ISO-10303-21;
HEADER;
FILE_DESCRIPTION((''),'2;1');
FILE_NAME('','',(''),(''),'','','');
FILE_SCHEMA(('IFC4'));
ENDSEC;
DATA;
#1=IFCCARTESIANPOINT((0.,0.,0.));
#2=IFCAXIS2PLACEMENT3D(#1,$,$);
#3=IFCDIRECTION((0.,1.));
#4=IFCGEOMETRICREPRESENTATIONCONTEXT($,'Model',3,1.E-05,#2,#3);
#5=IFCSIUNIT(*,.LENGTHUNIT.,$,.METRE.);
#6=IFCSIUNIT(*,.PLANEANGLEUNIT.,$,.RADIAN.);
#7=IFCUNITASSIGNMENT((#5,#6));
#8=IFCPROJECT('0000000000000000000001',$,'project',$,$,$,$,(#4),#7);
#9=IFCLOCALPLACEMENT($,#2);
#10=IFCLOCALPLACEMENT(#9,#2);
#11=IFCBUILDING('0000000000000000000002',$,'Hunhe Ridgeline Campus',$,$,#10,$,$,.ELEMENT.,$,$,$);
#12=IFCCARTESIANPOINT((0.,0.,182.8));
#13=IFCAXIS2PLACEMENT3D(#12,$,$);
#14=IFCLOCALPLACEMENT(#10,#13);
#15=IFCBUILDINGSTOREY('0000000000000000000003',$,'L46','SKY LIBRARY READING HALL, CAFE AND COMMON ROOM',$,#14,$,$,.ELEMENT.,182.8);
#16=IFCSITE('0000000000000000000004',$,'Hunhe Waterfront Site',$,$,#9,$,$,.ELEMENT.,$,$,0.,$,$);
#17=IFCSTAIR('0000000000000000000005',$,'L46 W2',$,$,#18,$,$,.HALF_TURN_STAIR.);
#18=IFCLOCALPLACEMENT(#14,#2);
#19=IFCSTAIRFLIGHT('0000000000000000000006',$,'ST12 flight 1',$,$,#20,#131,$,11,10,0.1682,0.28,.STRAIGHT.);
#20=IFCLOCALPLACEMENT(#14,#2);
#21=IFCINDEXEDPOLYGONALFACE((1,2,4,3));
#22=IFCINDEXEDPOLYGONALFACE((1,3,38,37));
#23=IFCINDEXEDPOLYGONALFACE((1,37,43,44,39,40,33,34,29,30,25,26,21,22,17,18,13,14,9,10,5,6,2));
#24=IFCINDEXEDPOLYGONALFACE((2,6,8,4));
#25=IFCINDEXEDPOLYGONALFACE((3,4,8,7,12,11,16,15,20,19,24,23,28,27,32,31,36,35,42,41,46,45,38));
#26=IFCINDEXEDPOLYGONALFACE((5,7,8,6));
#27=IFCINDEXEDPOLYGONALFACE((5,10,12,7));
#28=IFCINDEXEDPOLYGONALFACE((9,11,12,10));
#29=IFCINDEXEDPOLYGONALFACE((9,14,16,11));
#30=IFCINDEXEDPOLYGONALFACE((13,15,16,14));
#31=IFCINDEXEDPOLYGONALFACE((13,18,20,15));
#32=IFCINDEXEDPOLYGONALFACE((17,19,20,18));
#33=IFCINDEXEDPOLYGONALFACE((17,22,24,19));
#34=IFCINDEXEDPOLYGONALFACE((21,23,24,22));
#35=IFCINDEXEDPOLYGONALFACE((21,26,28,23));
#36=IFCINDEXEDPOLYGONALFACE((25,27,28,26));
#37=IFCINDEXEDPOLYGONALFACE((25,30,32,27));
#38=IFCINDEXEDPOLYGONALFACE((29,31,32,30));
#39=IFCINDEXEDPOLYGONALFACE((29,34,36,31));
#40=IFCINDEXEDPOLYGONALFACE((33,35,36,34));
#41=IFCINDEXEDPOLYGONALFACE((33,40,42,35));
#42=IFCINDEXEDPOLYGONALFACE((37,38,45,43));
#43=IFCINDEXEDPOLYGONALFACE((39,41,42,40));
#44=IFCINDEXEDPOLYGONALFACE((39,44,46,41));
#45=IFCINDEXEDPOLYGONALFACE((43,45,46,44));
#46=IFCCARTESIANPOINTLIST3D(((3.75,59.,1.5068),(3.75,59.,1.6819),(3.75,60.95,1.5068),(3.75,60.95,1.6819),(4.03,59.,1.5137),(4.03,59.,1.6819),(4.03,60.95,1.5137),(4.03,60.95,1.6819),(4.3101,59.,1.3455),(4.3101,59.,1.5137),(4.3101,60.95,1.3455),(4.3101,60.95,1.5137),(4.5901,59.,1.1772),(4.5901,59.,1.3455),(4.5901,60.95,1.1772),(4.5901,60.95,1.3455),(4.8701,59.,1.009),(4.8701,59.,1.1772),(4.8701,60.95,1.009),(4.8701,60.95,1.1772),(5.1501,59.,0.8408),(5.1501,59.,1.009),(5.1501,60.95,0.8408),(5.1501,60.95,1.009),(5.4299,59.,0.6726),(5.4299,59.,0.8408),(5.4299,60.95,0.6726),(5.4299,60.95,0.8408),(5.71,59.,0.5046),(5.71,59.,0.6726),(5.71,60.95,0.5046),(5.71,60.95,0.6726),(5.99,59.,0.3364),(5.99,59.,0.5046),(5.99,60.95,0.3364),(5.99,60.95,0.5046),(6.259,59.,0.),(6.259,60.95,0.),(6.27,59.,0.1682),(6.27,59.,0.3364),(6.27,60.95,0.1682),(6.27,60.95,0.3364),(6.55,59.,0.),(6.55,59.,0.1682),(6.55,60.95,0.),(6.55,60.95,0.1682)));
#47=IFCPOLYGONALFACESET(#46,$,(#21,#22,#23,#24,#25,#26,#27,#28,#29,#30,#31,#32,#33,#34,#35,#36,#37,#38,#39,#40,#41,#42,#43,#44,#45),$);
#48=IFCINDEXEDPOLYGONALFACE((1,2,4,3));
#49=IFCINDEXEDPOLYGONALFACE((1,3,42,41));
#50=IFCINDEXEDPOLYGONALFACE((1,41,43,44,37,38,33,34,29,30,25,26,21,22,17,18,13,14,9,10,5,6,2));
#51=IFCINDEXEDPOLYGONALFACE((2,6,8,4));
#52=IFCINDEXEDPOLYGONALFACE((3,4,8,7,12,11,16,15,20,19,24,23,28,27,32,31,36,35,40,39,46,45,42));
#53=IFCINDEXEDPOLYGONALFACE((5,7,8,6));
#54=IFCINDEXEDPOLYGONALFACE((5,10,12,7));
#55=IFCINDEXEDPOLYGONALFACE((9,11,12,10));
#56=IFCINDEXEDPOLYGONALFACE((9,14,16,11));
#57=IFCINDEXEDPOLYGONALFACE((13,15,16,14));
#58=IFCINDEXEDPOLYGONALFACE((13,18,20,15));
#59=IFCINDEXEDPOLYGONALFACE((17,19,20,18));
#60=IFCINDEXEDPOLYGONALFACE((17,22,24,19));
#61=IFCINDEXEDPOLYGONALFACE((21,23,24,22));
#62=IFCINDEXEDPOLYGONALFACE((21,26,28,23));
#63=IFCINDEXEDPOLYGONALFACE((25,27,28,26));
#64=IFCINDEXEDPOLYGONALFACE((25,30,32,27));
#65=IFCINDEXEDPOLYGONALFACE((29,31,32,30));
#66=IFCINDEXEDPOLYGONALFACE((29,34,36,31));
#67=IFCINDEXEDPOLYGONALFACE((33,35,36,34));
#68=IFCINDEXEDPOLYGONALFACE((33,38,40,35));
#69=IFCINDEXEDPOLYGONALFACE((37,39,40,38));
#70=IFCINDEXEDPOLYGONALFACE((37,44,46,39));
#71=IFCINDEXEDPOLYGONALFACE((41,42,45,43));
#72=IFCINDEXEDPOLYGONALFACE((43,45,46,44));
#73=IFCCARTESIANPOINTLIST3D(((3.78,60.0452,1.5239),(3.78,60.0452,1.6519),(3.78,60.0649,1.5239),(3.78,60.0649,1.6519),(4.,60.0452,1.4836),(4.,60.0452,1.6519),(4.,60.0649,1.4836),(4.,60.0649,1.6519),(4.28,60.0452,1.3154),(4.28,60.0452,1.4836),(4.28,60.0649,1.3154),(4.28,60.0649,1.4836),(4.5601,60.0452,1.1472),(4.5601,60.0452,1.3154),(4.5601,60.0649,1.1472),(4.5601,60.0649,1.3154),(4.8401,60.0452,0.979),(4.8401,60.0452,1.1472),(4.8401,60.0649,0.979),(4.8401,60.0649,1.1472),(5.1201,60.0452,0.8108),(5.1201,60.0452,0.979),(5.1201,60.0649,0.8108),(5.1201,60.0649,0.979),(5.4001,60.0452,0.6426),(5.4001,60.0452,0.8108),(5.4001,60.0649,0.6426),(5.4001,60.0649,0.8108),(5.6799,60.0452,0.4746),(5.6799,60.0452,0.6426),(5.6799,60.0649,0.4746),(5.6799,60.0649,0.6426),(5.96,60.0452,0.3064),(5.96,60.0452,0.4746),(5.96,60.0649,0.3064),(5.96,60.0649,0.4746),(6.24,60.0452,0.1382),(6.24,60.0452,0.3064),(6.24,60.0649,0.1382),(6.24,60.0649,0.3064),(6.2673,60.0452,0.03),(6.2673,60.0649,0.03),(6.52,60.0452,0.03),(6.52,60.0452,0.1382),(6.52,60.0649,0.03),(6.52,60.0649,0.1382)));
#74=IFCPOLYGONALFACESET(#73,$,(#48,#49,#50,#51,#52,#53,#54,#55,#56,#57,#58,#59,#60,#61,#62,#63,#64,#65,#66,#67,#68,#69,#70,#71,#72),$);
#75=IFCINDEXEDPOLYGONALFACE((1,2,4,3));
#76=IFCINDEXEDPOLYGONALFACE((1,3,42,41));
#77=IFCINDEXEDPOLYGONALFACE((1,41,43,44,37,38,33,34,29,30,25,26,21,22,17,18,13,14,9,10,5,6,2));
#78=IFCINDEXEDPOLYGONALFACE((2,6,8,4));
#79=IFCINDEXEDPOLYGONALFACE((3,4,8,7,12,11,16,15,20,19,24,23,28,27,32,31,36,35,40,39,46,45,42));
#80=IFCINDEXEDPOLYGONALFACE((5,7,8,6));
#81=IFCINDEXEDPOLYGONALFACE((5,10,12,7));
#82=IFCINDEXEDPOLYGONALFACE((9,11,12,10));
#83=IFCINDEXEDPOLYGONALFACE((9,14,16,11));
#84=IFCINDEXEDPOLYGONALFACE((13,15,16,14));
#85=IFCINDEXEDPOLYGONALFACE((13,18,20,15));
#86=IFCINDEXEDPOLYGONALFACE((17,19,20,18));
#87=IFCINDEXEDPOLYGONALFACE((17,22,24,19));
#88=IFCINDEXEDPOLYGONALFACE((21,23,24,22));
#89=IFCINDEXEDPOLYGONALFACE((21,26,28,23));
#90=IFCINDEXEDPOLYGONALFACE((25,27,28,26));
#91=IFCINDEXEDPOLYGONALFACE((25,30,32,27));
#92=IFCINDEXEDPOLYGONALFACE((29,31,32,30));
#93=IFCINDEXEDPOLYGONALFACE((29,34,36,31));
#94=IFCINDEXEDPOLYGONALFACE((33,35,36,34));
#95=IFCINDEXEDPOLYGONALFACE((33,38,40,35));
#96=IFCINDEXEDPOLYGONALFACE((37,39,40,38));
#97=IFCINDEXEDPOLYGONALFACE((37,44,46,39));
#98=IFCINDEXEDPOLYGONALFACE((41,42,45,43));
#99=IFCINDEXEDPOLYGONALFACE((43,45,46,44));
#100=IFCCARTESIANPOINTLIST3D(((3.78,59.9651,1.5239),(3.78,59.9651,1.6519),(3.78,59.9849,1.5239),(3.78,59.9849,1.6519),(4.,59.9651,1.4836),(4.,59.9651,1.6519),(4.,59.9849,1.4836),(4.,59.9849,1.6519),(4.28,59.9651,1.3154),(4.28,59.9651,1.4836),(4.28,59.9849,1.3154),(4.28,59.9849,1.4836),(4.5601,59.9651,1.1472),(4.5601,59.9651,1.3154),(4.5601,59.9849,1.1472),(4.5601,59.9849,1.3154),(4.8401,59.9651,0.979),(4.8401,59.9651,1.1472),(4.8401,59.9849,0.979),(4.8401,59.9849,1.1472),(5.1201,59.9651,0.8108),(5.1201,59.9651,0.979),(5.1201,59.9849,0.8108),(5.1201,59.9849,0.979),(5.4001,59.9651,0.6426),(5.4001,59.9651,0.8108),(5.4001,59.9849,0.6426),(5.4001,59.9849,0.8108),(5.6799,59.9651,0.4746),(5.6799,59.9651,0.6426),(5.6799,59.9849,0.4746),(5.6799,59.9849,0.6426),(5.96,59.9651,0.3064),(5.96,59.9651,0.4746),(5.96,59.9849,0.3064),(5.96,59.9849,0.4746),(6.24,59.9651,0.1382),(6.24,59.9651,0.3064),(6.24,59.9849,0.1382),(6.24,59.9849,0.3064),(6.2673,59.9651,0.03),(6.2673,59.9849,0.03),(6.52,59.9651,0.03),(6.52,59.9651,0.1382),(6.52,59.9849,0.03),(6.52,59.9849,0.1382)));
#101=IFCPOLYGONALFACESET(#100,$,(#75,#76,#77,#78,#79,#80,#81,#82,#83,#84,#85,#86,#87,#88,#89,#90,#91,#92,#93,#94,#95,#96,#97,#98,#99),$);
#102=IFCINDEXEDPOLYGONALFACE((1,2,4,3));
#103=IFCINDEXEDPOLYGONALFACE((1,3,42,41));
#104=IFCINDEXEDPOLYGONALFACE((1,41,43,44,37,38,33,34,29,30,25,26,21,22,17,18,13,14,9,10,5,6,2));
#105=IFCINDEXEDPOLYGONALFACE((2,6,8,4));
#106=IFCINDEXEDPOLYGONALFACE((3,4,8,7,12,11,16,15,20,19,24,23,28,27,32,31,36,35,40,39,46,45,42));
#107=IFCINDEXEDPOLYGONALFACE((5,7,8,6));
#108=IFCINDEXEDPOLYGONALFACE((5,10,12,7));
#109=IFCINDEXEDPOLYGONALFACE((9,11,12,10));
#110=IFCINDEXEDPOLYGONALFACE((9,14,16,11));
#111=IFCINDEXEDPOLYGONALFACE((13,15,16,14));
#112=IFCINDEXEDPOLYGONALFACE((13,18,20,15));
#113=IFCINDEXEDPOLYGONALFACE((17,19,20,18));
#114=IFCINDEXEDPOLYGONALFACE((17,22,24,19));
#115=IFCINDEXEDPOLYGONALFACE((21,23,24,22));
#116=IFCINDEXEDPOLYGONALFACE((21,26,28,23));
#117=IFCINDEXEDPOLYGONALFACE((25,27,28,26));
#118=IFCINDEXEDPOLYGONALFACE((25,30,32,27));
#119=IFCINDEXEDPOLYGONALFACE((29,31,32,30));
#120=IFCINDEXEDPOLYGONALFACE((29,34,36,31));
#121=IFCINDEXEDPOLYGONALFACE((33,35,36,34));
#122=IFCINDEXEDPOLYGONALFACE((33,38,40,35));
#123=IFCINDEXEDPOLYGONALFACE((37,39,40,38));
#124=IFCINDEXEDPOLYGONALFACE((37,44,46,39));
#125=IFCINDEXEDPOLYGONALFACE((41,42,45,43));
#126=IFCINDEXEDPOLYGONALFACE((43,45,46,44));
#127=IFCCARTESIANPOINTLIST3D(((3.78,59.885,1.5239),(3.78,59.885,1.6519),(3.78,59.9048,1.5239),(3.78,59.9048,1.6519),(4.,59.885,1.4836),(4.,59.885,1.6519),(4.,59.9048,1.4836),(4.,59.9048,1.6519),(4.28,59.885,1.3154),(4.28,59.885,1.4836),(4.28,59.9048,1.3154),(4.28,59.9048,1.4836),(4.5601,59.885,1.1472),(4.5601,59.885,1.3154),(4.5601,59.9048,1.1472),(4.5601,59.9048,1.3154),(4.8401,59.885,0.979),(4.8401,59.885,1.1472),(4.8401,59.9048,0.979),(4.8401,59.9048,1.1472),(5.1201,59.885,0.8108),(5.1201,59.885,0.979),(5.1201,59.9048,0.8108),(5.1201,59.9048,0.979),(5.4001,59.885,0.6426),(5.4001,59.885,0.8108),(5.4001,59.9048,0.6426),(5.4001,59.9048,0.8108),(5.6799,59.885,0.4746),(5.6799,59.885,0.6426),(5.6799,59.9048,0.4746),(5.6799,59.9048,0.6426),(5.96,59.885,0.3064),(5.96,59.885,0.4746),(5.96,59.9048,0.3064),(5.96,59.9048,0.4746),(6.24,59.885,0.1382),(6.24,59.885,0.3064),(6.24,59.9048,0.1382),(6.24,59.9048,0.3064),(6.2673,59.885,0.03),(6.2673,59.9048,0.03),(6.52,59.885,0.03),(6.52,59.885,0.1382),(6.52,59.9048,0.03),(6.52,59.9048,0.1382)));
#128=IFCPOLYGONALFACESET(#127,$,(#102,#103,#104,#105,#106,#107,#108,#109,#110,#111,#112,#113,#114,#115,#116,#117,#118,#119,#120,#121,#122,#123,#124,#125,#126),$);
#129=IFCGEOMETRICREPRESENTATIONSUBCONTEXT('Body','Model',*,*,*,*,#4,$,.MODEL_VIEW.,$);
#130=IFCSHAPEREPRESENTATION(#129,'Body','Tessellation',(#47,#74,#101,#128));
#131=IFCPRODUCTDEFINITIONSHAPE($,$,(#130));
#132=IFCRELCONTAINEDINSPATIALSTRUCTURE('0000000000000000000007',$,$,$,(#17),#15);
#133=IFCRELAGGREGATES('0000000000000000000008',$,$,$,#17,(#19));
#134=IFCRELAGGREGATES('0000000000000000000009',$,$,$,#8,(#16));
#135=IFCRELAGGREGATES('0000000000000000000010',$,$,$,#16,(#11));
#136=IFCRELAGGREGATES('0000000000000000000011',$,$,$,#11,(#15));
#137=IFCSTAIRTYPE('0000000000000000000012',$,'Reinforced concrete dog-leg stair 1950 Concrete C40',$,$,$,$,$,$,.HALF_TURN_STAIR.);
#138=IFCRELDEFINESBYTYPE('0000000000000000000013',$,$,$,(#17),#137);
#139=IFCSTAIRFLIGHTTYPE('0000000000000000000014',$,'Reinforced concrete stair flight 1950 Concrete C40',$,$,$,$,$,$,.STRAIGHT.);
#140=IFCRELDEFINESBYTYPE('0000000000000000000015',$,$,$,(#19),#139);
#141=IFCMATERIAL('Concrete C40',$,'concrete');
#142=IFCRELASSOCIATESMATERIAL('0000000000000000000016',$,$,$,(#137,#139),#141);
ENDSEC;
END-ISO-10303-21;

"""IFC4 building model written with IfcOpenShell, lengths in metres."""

from ifc_helpers import new_model, si_unit, direction, frame, origin, place, context, subcontext, project, spatial, polyline, outline, extrude, material, type_object, element, aggregate, save


model = new_model("IFC4")

# Units and contexts
model_context = context("Model", 3, precision=1e-05, world=origin(), true_north=direction((0.0, 1.0)))
body_context = subcontext(model_context, "Body", "Model", "MODEL_VIEW")
ifc_project = project(units=[si_unit("LENGTHUNIT", "METRE"), si_unit("PLANEANGLEUNIT", "RADIAN")], contexts=[model_context])

# Site, building, storey
site_placement = place(None, origin())
site = spatial("IfcSite", under=ifc_project, at=site_placement, Name="Hunhe Waterfront Site", CompositionType="ELEMENT", RefElevation=0.0)
building_placement = place(site_placement, origin())
building = spatial("IfcBuilding", under=site, at=building_placement, Name="Hunhe Ridgeline Campus", CompositionType="ELEMENT")
storey_placement = place(building_placement, frame((0.0, 0.0, 182.8)))
storey = spatial("IfcBuildingStorey", under=building, at=storey_placement, Name="L46", Description="SKY LIBRARY READING HALL, CAFE AND COMMON ROOM", CompositionType="ELEMENT", Elevation=182.8)

# Stair, stair flight
ifc_material_1 = material(Name="Concrete C40", Category="concrete")
stair_type = type_object("IfcStairType", Name="Reinforced concrete dog-leg stair 1950 Concrete C40", PredefinedType="HALF_TURN_STAIR", material=ifc_material_1)
stair_flight_type = type_object("IfcStairFlightType", Name="Reinforced concrete stair flight 1950 Concrete C40", PredefinedType="STRAIGHT", material=ifc_material_1)
stair_1_placement = place(storey_placement, origin())
stair_1 = element("IfcStair", 1, at=stair_1_placement, inside=storey, type_object=stair_type, Name="L46 W2", PredefinedType="HALF_TURN_STAIR")
stair_flight_1_placement = place(storey_placement, frame((6.55, 59.9751, 0.0), z_axis=(0.0, 0.0, 1.0), x_axis=(-1.0, 0.0, 0.0)))
stair_flight_1 = element("IfcStairFlight", 2, at=stair_flight_1_placement, type_object=stair_flight_type, Name="ST12 flight 1", NumberOfRisers=11, NumberOfTreads=10, PredefinedType="STRAIGHT", RiserHeight=0.1682, TreadLength=0.28, context=body_context, shape_type="SweptSolid", body=[
    extrude(outline(polyline([(0.0, 0.0), (0.0, 0.1682), (0.28, 0.1682), (0.28, 0.3364), (0.5601, 0.3364), (0.5601, 0.5046), (0.8401, 0.5046), (0.8401, 0.6726), (1.1201, 0.6726), (1.1201, 0.8408), (1.3999, 0.8408), (1.3999, 1.009), (1.6799, 1.009), (1.6799, 1.1772), (1.96, 1.1772), (1.96, 1.3455), (2.24, 1.3455), (2.24, 1.5137), (2.52, 1.5137), (2.52, 1.6819), (2.8, 1.6819), (2.8, 1.8501), (2.8, 1.5068), (0.291, 0.0), (0.0, 0.0)])), frame((0.0, 0.9751, 0.0), z_axis=(0.0, -1.0, 0.0), x_axis=(1.0, 0.0, 0.0)), (0.0, 0.0, 1.0), 1.95),
    extrude(outline(polyline([(0.03, 0.03), (0.03, 0.1382), (0.3101, 0.1382), (0.3101, 0.3064), (0.5901, 0.3064), (0.5901, 0.4746), (0.8701, 0.4746), (0.8701, 0.6426), (1.1499, 0.6426), (1.1499, 0.8108), (1.4299, 0.8108), (1.4299, 0.979), (1.71, 0.979), (1.71, 1.1472), (1.99, 1.1472), (1.99, 1.3154), (2.27, 1.3154), (2.27, 1.4836), (2.55, 1.4836), (2.55, 1.6519), (2.77, 1.6519), (2.77, 1.5239), (0.2827, 0.03), (0.03, 0.03)])), frame((0.0, -0.0701, 0.0), z_axis=(0.0, -1.0, 0.0), x_axis=(1.0, 0.0, 0.0)), (0.0, 0.0, 1.0), 0.0198),
    extrude(outline(polyline([(0.03, 0.03), (0.03, 0.1382), (0.3101, 0.1382), (0.3101, 0.3064), (0.5901, 0.3064), (0.5901, 0.4746), (0.8701, 0.4746), (0.8701, 0.6426), (1.1499, 0.6426), (1.1499, 0.8108), (1.4299, 0.8108), (1.4299, 0.979), (1.71, 0.979), (1.71, 1.1472), (1.99, 1.1472), (1.99, 1.3154), (2.27, 1.3154), (2.27, 1.4836), (2.55, 1.4836), (2.55, 1.6519), (2.77, 1.6519), (2.77, 1.5239), (0.2827, 0.03), (0.03, 0.03)])), frame((0.0, 0.01, 0.0), z_axis=(0.0, -1.0, 0.0), x_axis=(1.0, 0.0, 0.0)), (0.0, 0.0, 1.0), 0.0198),
    extrude(outline(polyline([(0.03, 0.03), (0.03, 0.1382), (0.3101, 0.1382), (0.3101, 0.3064), (0.5901, 0.3064), (0.5901, 0.4746), (0.8701, 0.4746), (0.8701, 0.6426), (1.1499, 0.6426), (1.1499, 0.8108), (1.4299, 0.8108), (1.4299, 0.979), (1.71, 0.979), (1.71, 1.1472), (1.99, 1.1472), (1.99, 1.3154), (2.27, 1.3154), (2.27, 1.4836), (2.55, 1.4836), (2.55, 1.6519), (2.77, 1.6519), (2.77, 1.5239), (0.2827, 0.03), (0.03, 0.03)])), frame((0.0, 0.0901, 0.0), z_axis=(0.0, -1.0, 0.0), x_axis=(1.0, 0.0, 0.0)), (0.0, 0.0, 1.0), 0.0198),
])
aggregate(stair_1, [stair_flight_1])

save(model, "model.ifc")
